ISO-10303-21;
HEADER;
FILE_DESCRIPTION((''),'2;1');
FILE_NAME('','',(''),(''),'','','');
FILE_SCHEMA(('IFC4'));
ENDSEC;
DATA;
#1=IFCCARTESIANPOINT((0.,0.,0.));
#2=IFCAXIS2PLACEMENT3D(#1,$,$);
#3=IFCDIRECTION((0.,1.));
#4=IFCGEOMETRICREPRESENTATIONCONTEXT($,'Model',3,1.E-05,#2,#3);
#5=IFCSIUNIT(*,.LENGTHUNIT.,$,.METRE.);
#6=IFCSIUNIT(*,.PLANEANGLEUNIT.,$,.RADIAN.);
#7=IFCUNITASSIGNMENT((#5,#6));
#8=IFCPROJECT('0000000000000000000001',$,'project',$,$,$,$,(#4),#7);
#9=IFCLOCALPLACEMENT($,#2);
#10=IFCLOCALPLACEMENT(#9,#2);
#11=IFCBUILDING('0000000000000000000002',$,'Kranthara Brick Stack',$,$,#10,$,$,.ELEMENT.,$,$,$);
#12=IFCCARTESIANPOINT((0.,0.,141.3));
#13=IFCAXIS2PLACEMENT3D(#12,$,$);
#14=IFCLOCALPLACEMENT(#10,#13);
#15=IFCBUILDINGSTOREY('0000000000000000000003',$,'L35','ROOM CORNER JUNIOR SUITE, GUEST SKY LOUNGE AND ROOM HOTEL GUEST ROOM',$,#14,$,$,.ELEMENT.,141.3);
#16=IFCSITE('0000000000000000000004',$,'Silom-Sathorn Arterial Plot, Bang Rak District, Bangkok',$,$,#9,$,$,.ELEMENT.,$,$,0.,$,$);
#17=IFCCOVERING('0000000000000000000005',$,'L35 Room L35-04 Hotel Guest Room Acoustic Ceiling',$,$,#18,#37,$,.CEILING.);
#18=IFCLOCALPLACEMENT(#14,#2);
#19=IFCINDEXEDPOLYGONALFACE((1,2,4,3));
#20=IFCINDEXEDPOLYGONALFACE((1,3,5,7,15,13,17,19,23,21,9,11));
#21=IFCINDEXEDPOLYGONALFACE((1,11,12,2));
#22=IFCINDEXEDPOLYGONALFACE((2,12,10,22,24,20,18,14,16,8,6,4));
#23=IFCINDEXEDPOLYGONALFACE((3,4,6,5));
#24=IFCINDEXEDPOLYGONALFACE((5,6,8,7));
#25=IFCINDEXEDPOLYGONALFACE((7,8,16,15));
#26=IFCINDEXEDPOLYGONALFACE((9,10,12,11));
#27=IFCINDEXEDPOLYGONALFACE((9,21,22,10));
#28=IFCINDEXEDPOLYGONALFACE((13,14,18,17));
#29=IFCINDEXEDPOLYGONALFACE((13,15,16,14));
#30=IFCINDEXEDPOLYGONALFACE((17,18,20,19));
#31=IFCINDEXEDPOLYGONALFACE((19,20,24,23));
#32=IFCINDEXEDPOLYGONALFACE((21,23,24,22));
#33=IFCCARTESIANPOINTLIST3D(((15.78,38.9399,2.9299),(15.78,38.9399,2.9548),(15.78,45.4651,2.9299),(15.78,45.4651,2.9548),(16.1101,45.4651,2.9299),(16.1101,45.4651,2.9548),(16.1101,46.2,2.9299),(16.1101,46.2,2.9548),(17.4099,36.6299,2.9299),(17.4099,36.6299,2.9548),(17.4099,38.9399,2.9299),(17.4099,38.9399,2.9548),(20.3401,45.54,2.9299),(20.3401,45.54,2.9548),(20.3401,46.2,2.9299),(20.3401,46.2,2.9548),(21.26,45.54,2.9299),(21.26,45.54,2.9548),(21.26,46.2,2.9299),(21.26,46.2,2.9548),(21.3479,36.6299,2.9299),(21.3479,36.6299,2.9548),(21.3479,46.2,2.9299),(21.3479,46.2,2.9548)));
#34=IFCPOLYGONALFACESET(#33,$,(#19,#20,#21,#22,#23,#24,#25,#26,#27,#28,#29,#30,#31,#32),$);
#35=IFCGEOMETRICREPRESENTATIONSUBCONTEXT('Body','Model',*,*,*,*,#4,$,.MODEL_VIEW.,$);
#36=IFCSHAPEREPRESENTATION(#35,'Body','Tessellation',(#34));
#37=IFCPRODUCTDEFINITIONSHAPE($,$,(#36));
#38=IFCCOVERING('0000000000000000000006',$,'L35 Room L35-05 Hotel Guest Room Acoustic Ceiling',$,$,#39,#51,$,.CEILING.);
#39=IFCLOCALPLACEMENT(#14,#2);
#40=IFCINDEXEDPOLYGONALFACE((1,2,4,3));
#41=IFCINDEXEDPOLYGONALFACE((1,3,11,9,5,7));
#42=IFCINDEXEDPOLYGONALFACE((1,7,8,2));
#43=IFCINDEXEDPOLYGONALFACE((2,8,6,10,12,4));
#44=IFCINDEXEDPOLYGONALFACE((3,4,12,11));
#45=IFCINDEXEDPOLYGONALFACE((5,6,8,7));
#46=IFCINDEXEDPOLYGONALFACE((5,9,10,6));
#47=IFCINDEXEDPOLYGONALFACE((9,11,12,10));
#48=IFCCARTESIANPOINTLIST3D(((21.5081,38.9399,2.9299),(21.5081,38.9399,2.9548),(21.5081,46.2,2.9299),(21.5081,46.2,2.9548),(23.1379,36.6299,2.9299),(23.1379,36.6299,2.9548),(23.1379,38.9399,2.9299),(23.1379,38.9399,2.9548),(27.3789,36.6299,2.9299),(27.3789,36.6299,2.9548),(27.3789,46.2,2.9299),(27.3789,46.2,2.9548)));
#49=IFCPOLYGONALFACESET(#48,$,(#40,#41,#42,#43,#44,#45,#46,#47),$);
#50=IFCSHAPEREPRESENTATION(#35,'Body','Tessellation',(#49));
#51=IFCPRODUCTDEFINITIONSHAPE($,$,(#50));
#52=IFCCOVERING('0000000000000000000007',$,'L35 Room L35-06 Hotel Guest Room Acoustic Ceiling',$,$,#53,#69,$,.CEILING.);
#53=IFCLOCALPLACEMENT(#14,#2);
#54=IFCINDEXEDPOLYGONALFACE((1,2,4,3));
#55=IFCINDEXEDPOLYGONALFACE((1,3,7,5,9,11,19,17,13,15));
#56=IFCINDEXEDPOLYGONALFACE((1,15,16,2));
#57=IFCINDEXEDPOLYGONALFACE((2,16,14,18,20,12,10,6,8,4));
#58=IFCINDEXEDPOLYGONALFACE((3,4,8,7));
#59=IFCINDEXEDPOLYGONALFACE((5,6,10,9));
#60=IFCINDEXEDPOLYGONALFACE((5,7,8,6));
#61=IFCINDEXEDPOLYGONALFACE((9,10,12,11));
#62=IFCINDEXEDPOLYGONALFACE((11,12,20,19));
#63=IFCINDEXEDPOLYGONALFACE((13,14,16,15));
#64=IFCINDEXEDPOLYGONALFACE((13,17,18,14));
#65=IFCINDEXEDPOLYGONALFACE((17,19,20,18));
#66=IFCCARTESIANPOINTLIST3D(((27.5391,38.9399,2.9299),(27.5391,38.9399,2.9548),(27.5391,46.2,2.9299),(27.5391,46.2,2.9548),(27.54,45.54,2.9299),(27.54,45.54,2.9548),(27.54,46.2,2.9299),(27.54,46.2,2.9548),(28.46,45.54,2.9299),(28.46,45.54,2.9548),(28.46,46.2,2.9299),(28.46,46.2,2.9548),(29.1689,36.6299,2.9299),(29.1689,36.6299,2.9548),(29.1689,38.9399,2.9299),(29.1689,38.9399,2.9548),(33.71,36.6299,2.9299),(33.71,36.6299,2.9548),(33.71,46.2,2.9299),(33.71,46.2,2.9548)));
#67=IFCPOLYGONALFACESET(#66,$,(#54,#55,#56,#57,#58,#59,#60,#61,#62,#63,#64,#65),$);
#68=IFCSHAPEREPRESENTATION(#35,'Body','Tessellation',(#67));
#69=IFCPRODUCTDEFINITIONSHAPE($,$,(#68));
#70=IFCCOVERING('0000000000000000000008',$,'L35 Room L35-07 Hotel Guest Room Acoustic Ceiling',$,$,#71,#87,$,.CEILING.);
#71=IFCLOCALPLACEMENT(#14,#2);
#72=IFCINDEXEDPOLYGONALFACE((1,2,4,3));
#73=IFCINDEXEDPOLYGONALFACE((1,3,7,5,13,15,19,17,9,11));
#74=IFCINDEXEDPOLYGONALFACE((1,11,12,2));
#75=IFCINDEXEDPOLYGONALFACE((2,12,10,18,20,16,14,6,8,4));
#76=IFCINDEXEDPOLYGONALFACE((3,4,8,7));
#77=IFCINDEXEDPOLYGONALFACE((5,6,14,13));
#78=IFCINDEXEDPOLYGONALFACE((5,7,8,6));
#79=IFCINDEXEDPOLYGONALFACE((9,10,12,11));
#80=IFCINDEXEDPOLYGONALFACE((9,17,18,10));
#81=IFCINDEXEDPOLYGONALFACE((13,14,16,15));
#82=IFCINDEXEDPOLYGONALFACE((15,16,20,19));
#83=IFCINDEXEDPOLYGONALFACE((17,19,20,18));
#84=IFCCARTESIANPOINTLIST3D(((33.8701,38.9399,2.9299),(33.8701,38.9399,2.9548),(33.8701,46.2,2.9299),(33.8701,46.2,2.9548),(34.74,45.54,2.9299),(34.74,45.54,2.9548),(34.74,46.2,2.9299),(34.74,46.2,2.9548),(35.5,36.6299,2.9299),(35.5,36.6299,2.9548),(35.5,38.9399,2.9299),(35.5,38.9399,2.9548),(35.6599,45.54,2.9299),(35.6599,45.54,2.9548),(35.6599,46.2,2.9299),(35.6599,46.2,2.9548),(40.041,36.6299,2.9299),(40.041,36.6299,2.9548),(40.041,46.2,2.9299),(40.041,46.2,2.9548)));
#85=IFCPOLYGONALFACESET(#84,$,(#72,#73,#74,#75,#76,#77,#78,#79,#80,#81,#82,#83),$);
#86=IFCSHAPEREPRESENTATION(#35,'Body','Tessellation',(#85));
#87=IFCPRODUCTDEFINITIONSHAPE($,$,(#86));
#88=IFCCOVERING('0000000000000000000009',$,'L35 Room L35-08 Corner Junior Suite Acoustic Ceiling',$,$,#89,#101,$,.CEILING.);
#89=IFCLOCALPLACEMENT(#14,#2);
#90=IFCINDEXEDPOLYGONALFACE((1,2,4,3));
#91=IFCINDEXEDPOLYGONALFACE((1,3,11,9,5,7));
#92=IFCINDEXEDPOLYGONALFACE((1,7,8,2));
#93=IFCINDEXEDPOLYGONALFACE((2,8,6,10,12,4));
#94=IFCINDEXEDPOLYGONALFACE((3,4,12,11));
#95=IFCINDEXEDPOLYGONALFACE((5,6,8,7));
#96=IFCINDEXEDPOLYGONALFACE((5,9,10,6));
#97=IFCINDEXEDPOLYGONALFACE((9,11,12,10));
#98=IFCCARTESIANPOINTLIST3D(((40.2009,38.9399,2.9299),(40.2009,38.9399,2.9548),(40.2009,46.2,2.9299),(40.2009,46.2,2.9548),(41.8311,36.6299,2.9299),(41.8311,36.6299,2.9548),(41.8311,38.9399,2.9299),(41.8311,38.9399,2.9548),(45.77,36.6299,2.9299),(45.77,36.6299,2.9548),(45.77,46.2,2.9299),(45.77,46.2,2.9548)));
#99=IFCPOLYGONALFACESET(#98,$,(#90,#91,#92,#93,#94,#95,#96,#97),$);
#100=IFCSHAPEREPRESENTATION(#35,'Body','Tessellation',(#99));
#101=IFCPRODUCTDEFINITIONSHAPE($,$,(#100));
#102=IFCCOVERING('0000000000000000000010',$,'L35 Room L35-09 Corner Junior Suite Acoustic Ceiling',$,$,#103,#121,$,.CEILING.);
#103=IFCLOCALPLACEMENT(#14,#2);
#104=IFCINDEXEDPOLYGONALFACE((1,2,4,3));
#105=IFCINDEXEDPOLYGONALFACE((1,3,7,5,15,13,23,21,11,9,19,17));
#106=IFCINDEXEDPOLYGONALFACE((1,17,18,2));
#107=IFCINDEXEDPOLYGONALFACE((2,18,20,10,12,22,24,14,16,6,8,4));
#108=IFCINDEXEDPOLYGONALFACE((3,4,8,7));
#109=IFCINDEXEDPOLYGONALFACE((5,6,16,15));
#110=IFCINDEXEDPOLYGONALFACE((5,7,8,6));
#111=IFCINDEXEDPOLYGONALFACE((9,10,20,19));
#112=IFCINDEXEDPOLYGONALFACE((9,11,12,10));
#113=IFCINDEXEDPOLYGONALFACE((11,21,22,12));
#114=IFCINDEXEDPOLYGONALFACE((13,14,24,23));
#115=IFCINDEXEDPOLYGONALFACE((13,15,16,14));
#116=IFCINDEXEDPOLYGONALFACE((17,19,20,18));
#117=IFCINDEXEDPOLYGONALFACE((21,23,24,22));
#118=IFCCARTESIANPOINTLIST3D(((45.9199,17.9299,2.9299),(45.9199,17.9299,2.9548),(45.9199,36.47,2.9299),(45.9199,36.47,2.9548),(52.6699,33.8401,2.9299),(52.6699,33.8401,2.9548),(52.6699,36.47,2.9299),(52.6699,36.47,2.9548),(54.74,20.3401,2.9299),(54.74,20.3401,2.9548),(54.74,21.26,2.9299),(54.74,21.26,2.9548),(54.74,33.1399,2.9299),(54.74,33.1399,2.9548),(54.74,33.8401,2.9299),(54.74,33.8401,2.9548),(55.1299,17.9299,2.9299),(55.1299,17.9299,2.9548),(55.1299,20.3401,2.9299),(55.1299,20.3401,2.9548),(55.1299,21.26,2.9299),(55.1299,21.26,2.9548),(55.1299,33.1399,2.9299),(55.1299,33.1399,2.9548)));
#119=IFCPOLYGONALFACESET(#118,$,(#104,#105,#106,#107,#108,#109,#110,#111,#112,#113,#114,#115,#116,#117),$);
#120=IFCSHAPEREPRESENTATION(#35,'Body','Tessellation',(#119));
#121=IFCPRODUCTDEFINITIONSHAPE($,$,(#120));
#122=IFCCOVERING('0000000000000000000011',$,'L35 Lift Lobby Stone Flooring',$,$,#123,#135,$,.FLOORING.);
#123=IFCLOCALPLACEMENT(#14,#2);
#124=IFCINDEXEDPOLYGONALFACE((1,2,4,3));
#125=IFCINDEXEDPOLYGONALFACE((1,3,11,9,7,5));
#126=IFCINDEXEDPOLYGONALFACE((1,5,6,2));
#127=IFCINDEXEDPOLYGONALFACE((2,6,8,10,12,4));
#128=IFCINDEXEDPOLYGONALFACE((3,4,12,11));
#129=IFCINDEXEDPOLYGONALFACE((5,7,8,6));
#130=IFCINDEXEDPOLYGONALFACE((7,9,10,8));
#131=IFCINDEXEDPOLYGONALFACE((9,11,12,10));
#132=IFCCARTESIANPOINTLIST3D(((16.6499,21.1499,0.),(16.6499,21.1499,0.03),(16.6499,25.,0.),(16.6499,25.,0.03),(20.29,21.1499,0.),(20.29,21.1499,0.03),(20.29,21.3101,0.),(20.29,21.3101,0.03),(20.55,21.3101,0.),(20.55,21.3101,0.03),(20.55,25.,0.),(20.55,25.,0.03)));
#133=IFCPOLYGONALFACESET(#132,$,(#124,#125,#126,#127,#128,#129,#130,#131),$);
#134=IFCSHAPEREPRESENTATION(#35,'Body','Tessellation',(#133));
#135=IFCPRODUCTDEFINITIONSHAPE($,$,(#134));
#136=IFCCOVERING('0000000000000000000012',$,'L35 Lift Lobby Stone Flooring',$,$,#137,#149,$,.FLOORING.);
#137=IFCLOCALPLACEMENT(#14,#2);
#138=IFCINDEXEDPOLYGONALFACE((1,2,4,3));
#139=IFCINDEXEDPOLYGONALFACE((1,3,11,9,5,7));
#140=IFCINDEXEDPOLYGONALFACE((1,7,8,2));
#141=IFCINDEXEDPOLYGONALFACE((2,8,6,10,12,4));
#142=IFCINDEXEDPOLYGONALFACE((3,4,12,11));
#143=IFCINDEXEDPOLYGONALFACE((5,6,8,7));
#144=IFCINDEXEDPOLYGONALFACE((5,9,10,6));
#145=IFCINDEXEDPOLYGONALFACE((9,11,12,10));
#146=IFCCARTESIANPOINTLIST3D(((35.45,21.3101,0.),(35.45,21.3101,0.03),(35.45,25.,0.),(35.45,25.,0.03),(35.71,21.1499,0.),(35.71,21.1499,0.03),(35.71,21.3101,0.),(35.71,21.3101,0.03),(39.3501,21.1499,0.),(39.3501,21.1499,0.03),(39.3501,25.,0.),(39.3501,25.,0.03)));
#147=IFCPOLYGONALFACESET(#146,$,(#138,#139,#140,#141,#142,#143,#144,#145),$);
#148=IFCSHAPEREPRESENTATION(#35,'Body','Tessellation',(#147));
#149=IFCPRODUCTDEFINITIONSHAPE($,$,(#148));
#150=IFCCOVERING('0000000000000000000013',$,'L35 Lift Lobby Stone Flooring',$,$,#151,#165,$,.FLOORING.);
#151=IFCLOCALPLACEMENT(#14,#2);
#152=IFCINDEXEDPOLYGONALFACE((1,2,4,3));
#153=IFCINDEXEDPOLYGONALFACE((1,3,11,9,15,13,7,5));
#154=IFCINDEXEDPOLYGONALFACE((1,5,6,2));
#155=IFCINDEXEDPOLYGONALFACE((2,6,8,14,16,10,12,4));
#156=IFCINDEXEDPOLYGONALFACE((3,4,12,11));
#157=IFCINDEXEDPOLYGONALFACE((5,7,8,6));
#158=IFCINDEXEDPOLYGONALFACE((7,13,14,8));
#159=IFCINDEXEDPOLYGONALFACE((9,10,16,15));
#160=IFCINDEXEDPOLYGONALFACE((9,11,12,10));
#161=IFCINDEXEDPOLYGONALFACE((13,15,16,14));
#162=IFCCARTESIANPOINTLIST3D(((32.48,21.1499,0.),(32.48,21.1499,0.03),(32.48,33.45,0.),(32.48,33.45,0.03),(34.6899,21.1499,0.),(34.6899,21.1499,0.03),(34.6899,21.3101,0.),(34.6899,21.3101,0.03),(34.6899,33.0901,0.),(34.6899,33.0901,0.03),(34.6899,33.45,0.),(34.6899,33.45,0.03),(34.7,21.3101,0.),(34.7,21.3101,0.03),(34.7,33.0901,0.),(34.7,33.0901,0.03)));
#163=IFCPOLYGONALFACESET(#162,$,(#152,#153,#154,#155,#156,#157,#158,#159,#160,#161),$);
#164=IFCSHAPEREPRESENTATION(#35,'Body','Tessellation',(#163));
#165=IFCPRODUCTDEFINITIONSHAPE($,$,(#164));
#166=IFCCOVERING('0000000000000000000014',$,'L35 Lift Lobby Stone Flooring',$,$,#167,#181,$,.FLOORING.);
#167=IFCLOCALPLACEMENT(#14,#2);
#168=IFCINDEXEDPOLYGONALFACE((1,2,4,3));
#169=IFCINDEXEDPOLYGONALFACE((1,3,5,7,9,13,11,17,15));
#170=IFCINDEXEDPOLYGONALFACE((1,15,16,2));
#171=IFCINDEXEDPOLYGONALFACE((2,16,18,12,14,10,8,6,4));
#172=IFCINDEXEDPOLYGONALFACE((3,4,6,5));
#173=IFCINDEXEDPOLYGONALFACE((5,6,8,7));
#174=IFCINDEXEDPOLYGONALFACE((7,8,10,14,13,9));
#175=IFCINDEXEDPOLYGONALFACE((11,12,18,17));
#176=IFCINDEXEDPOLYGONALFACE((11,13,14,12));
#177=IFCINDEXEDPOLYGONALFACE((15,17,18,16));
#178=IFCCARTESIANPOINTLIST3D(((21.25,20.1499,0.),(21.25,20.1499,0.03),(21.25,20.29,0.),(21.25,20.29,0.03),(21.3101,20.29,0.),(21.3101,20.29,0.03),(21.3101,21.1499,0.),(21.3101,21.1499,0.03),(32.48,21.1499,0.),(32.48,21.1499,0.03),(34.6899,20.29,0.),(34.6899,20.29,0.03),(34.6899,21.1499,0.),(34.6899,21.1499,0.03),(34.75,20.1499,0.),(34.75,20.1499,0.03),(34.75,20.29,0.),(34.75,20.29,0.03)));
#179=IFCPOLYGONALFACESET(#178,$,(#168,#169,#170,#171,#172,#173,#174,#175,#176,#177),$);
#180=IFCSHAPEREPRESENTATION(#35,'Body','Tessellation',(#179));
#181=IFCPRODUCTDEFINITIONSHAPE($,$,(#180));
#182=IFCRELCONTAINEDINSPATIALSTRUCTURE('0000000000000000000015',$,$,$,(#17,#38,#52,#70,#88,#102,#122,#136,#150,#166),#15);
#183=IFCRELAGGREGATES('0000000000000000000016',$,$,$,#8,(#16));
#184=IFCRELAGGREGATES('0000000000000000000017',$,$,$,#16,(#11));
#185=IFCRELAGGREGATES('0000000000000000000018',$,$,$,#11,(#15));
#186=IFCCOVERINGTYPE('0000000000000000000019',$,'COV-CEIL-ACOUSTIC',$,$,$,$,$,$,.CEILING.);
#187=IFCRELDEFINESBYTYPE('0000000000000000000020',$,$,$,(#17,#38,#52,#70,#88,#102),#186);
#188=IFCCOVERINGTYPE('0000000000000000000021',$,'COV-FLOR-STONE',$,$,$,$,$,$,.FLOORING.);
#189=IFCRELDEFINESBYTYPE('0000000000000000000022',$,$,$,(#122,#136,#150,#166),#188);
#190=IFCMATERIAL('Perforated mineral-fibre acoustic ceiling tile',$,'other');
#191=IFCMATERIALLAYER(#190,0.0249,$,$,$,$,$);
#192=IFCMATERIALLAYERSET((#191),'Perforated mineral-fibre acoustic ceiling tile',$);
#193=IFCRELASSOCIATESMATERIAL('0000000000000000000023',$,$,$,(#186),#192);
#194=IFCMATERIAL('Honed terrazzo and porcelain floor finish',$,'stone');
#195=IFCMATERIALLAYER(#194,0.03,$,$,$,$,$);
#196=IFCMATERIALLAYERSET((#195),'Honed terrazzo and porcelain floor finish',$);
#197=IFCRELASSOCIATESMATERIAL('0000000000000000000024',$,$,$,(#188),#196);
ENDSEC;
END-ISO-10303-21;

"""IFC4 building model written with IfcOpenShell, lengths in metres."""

from ifc_helpers import new_model, si_unit, direction, frame, origin, place, context, subcontext, project, spatial, polyline, outline, extrude, material, layer, layer_set, type_object, element, save


model = new_model("IFC4")

# Units and contexts
model_context = context("Model", 3, precision=1e-05, world=origin(), true_north=direction((0.0, 1.0)))
body_context = subcontext(model_context, "Body", "Model", "MODEL_VIEW")
ifc_project = project(units=[si_unit("LENGTHUNIT", "METRE"), si_unit("PLANEANGLEUNIT", "RADIAN")], contexts=[model_context])

# Site, building, storey
site_placement = place(None, origin())
site = spatial("IfcSite", under=ifc_project, at=site_placement, Name="Silom-Sathorn Arterial Plot, Bang Rak District, Bangkok", CompositionType="ELEMENT", RefElevation=0.0)
building_placement = place(site_placement, origin())
building = spatial("IfcBuilding", under=site, at=building_placement, Name="Kranthara Brick Stack", CompositionType="ELEMENT")
storey_placement = place(building_placement, frame((0.0, 0.0, 141.3)))
storey = spatial("IfcBuildingStorey", under=building, at=storey_placement, Name="L35", Description="ROOM CORNER JUNIOR SUITE, GUEST SKY LOUNGE AND ROOM HOTEL GUEST ROOM", CompositionType="ELEMENT", Elevation=141.3)

# Coverings
ifc_material_1 = material(Name="Perforated mineral-fibre acoustic ceiling tile", Category="other")
ifc_layer_1 = layer(ifc_material_1, 0.0249)
ifc_layer_set_1 = layer_set([ifc_layer_1], Name="Perforated mineral-fibre acoustic ceiling tile")
covering_type_1 = type_object("IfcCoveringType", Name="COV-CEIL-ACOUSTIC", PredefinedType="CEILING", material=ifc_layer_set_1)
covering_1_placement = place(storey_placement, frame((0.0, 0.0, 2.9299)))
element("IfcCovering", 1, at=covering_1_placement, inside=storey, type_object=covering_type_1, Name="L35 Room L35-04 Hotel Guest Room Acoustic Ceiling", PredefinedType="CEILING", context=body_context, shape_type="SweptSolid", body=[
    extrude(outline(polyline([(21.3479, 36.6299), (17.4099, 36.6299), (17.4099, 38.9399), (15.78, 38.9399), (15.78, 45.4651), (16.1101, 45.4651), (16.1101, 46.2), (20.3401, 46.2), (20.3401, 45.54), (21.26, 45.54), (21.26, 46.2), (21.3479, 46.2), (21.3479, 36.6299)])), origin(), (0.0, 0.0, 1.0), 0.0249),
])
covering_2_placement = place(storey_placement, frame((0.0, 0.0, 2.9299)))
element("IfcCovering", 2, at=covering_2_placement, inside=storey, type_object=covering_type_1, Name="L35 Room L35-05 Hotel Guest Room Acoustic Ceiling", PredefinedType="CEILING", context=body_context, shape_type="SweptSolid", body=[
    extrude(outline(polyline([(23.1379, 36.6299), (27.3789, 36.6299), (27.3789, 46.2), (21.5081, 46.2), (21.5081, 38.9399), (23.1379, 38.9399), (23.1379, 36.6299)])), origin(), (0.0, 0.0, 1.0), 0.0249),
])
covering_3_placement = place(storey_placement, frame((0.0, 0.0, 2.9299)))
element("IfcCovering", 3, at=covering_3_placement, inside=storey, type_object=covering_type_1, Name="L35 Room L35-06 Hotel Guest Room Acoustic Ceiling", PredefinedType="CEILING", context=body_context, shape_type="SweptSolid", body=[
    extrude(outline(polyline([(33.71, 46.2), (33.71, 36.6299), (29.1689, 36.6299), (29.1689, 38.9399), (27.5391, 38.9399), (27.5391, 46.2), (27.54, 46.2), (27.54, 45.54), (28.46, 45.54), (28.46, 46.2), (33.71, 46.2)])), origin(), (0.0, 0.0, 1.0), 0.0249),
])
covering_4_placement = place(storey_placement, frame((0.0, 0.0, 2.9299)))
element("IfcCovering", 4, at=covering_4_placement, inside=storey, type_object=covering_type_1, Name="L35 Room L35-07 Hotel Guest Room Acoustic Ceiling", PredefinedType="CEILING", context=body_context, shape_type="SweptSolid", body=[
    extrude(outline(polyline([(40.041, 46.2), (40.041, 36.6299), (35.5, 36.6299), (35.5, 38.9399), (33.8701, 38.9399), (33.8701, 46.2), (34.74, 46.2), (34.74, 45.54), (35.6599, 45.54), (35.6599, 46.2), (40.041, 46.2)])), origin(), (0.0, 0.0, 1.0), 0.0249),
])
covering_5_placement = place(storey_placement, frame((0.0, 0.0, 2.9299)))
element("IfcCovering", 5, at=covering_5_placement, inside=storey, type_object=covering_type_1, Name="L35 Room L35-08 Corner Junior Suite Acoustic Ceiling", PredefinedType="CEILING", context=body_context, shape_type="SweptSolid", body=[
    extrude(outline(polyline([(41.8311, 36.6299), (45.77, 36.6299), (45.77, 46.2), (40.2009, 46.2), (40.2009, 38.9399), (41.8311, 38.9399), (41.8311, 36.6299)])), origin(), (0.0, 0.0, 1.0), 0.0249),
])
covering_6_placement = place(storey_placement, frame((0.0, 0.0, 2.9299)))
element("IfcCovering", 6, at=covering_6_placement, inside=storey, type_object=covering_type_1, Name="L35 Room L35-09 Corner Junior Suite Acoustic Ceiling", PredefinedType="CEILING", context=body_context, shape_type="SweptSolid", body=[
    extrude(outline(polyline([(45.9199, 17.9299), (45.9199, 36.47), (52.6699, 36.47), (52.6699, 33.8401), (54.74, 33.8401), (54.74, 33.1399), (55.1299, 33.1399), (55.1299, 21.26), (54.74, 21.26), (54.74, 20.3401), (55.1299, 20.3401), (55.1299, 17.9299), (45.9199, 17.9299)])), origin(), (0.0, 0.0, 1.0), 0.0249),
])
ifc_material_2 = material(Name="Honed terrazzo and porcelain floor finish", Category="stone")
ifc_layer_2 = layer(ifc_material_2, 0.03)
ifc_layer_set_2 = layer_set([ifc_layer_2], Name="Honed terrazzo and porcelain floor finish")
covering_type_2 = type_object("IfcCoveringType", Name="COV-FLOR-STONE", PredefinedType="FLOORING", material=ifc_layer_set_2)
covering_7_placement = place(storey_placement, origin())
element("IfcCovering", 7, at=covering_7_placement, inside=storey, type_object=covering_type_2, Name="L35 Lift Lobby Stone Flooring", PredefinedType="FLOORING", context=body_context, shape_type="SweptSolid", body=[
    extrude(outline(polyline([(16.6499, 21.1499), (16.6499, 25.0), (20.55, 25.0), (20.55, 21.3101), (20.29, 21.3101), (20.29, 21.1499), (16.6499, 21.1499)])), origin(), (0.0, 0.0, 1.0), 0.03),
])
covering_8_placement = place(storey_placement, origin())
element("IfcCovering", 8, at=covering_8_placement, inside=storey, type_object=covering_type_2, Name="L35 Lift Lobby Stone Flooring", PredefinedType="FLOORING", context=body_context, shape_type="SweptSolid", body=[
    extrude(outline(polyline([(35.45, 25.0), (39.3501, 25.0), (39.3501, 21.1499), (35.71, 21.1499), (35.71, 21.3101), (35.45, 21.3101), (35.45, 25.0)])), origin(), (0.0, 0.0, 1.0), 0.03),
])
covering_9_placement = place(storey_placement, origin())
element("IfcCovering", 9, at=covering_9_placement, inside=storey, type_object=covering_type_2, Name="L35 Lift Lobby Stone Flooring", PredefinedType="FLOORING", context=body_context, shape_type="SweptSolid", body=[
    extrude(outline(polyline([(32.48, 33.45), (34.6899, 33.45), (34.6899, 33.0901), (34.7, 33.0901), (34.7, 21.3101), (34.6899, 21.3101), (34.6899, 21.1499), (32.48, 21.1499), (32.48, 33.45)])), origin(), (0.0, 0.0, 1.0), 0.03),
])
covering_10_placement = place(storey_placement, origin())
element("IfcCovering", 10, at=covering_10_placement, inside=storey, type_object=covering_type_2, Name="L35 Lift Lobby Stone Flooring", PredefinedType="FLOORING", context=body_context, shape_type="SweptSolid", body=[
    extrude(outline(polyline([(21.25, 20.29), (21.3101, 20.29), (21.3101, 21.1499), (32.48, 21.1499), (34.6899, 21.1499), (34.6899, 20.29), (34.75, 20.29), (34.75, 20.1499), (21.25, 20.1499), (21.25, 20.29)])), origin(), (0.0, 0.0, 1.0), 0.03),
])

save(model, "model.ifc")
